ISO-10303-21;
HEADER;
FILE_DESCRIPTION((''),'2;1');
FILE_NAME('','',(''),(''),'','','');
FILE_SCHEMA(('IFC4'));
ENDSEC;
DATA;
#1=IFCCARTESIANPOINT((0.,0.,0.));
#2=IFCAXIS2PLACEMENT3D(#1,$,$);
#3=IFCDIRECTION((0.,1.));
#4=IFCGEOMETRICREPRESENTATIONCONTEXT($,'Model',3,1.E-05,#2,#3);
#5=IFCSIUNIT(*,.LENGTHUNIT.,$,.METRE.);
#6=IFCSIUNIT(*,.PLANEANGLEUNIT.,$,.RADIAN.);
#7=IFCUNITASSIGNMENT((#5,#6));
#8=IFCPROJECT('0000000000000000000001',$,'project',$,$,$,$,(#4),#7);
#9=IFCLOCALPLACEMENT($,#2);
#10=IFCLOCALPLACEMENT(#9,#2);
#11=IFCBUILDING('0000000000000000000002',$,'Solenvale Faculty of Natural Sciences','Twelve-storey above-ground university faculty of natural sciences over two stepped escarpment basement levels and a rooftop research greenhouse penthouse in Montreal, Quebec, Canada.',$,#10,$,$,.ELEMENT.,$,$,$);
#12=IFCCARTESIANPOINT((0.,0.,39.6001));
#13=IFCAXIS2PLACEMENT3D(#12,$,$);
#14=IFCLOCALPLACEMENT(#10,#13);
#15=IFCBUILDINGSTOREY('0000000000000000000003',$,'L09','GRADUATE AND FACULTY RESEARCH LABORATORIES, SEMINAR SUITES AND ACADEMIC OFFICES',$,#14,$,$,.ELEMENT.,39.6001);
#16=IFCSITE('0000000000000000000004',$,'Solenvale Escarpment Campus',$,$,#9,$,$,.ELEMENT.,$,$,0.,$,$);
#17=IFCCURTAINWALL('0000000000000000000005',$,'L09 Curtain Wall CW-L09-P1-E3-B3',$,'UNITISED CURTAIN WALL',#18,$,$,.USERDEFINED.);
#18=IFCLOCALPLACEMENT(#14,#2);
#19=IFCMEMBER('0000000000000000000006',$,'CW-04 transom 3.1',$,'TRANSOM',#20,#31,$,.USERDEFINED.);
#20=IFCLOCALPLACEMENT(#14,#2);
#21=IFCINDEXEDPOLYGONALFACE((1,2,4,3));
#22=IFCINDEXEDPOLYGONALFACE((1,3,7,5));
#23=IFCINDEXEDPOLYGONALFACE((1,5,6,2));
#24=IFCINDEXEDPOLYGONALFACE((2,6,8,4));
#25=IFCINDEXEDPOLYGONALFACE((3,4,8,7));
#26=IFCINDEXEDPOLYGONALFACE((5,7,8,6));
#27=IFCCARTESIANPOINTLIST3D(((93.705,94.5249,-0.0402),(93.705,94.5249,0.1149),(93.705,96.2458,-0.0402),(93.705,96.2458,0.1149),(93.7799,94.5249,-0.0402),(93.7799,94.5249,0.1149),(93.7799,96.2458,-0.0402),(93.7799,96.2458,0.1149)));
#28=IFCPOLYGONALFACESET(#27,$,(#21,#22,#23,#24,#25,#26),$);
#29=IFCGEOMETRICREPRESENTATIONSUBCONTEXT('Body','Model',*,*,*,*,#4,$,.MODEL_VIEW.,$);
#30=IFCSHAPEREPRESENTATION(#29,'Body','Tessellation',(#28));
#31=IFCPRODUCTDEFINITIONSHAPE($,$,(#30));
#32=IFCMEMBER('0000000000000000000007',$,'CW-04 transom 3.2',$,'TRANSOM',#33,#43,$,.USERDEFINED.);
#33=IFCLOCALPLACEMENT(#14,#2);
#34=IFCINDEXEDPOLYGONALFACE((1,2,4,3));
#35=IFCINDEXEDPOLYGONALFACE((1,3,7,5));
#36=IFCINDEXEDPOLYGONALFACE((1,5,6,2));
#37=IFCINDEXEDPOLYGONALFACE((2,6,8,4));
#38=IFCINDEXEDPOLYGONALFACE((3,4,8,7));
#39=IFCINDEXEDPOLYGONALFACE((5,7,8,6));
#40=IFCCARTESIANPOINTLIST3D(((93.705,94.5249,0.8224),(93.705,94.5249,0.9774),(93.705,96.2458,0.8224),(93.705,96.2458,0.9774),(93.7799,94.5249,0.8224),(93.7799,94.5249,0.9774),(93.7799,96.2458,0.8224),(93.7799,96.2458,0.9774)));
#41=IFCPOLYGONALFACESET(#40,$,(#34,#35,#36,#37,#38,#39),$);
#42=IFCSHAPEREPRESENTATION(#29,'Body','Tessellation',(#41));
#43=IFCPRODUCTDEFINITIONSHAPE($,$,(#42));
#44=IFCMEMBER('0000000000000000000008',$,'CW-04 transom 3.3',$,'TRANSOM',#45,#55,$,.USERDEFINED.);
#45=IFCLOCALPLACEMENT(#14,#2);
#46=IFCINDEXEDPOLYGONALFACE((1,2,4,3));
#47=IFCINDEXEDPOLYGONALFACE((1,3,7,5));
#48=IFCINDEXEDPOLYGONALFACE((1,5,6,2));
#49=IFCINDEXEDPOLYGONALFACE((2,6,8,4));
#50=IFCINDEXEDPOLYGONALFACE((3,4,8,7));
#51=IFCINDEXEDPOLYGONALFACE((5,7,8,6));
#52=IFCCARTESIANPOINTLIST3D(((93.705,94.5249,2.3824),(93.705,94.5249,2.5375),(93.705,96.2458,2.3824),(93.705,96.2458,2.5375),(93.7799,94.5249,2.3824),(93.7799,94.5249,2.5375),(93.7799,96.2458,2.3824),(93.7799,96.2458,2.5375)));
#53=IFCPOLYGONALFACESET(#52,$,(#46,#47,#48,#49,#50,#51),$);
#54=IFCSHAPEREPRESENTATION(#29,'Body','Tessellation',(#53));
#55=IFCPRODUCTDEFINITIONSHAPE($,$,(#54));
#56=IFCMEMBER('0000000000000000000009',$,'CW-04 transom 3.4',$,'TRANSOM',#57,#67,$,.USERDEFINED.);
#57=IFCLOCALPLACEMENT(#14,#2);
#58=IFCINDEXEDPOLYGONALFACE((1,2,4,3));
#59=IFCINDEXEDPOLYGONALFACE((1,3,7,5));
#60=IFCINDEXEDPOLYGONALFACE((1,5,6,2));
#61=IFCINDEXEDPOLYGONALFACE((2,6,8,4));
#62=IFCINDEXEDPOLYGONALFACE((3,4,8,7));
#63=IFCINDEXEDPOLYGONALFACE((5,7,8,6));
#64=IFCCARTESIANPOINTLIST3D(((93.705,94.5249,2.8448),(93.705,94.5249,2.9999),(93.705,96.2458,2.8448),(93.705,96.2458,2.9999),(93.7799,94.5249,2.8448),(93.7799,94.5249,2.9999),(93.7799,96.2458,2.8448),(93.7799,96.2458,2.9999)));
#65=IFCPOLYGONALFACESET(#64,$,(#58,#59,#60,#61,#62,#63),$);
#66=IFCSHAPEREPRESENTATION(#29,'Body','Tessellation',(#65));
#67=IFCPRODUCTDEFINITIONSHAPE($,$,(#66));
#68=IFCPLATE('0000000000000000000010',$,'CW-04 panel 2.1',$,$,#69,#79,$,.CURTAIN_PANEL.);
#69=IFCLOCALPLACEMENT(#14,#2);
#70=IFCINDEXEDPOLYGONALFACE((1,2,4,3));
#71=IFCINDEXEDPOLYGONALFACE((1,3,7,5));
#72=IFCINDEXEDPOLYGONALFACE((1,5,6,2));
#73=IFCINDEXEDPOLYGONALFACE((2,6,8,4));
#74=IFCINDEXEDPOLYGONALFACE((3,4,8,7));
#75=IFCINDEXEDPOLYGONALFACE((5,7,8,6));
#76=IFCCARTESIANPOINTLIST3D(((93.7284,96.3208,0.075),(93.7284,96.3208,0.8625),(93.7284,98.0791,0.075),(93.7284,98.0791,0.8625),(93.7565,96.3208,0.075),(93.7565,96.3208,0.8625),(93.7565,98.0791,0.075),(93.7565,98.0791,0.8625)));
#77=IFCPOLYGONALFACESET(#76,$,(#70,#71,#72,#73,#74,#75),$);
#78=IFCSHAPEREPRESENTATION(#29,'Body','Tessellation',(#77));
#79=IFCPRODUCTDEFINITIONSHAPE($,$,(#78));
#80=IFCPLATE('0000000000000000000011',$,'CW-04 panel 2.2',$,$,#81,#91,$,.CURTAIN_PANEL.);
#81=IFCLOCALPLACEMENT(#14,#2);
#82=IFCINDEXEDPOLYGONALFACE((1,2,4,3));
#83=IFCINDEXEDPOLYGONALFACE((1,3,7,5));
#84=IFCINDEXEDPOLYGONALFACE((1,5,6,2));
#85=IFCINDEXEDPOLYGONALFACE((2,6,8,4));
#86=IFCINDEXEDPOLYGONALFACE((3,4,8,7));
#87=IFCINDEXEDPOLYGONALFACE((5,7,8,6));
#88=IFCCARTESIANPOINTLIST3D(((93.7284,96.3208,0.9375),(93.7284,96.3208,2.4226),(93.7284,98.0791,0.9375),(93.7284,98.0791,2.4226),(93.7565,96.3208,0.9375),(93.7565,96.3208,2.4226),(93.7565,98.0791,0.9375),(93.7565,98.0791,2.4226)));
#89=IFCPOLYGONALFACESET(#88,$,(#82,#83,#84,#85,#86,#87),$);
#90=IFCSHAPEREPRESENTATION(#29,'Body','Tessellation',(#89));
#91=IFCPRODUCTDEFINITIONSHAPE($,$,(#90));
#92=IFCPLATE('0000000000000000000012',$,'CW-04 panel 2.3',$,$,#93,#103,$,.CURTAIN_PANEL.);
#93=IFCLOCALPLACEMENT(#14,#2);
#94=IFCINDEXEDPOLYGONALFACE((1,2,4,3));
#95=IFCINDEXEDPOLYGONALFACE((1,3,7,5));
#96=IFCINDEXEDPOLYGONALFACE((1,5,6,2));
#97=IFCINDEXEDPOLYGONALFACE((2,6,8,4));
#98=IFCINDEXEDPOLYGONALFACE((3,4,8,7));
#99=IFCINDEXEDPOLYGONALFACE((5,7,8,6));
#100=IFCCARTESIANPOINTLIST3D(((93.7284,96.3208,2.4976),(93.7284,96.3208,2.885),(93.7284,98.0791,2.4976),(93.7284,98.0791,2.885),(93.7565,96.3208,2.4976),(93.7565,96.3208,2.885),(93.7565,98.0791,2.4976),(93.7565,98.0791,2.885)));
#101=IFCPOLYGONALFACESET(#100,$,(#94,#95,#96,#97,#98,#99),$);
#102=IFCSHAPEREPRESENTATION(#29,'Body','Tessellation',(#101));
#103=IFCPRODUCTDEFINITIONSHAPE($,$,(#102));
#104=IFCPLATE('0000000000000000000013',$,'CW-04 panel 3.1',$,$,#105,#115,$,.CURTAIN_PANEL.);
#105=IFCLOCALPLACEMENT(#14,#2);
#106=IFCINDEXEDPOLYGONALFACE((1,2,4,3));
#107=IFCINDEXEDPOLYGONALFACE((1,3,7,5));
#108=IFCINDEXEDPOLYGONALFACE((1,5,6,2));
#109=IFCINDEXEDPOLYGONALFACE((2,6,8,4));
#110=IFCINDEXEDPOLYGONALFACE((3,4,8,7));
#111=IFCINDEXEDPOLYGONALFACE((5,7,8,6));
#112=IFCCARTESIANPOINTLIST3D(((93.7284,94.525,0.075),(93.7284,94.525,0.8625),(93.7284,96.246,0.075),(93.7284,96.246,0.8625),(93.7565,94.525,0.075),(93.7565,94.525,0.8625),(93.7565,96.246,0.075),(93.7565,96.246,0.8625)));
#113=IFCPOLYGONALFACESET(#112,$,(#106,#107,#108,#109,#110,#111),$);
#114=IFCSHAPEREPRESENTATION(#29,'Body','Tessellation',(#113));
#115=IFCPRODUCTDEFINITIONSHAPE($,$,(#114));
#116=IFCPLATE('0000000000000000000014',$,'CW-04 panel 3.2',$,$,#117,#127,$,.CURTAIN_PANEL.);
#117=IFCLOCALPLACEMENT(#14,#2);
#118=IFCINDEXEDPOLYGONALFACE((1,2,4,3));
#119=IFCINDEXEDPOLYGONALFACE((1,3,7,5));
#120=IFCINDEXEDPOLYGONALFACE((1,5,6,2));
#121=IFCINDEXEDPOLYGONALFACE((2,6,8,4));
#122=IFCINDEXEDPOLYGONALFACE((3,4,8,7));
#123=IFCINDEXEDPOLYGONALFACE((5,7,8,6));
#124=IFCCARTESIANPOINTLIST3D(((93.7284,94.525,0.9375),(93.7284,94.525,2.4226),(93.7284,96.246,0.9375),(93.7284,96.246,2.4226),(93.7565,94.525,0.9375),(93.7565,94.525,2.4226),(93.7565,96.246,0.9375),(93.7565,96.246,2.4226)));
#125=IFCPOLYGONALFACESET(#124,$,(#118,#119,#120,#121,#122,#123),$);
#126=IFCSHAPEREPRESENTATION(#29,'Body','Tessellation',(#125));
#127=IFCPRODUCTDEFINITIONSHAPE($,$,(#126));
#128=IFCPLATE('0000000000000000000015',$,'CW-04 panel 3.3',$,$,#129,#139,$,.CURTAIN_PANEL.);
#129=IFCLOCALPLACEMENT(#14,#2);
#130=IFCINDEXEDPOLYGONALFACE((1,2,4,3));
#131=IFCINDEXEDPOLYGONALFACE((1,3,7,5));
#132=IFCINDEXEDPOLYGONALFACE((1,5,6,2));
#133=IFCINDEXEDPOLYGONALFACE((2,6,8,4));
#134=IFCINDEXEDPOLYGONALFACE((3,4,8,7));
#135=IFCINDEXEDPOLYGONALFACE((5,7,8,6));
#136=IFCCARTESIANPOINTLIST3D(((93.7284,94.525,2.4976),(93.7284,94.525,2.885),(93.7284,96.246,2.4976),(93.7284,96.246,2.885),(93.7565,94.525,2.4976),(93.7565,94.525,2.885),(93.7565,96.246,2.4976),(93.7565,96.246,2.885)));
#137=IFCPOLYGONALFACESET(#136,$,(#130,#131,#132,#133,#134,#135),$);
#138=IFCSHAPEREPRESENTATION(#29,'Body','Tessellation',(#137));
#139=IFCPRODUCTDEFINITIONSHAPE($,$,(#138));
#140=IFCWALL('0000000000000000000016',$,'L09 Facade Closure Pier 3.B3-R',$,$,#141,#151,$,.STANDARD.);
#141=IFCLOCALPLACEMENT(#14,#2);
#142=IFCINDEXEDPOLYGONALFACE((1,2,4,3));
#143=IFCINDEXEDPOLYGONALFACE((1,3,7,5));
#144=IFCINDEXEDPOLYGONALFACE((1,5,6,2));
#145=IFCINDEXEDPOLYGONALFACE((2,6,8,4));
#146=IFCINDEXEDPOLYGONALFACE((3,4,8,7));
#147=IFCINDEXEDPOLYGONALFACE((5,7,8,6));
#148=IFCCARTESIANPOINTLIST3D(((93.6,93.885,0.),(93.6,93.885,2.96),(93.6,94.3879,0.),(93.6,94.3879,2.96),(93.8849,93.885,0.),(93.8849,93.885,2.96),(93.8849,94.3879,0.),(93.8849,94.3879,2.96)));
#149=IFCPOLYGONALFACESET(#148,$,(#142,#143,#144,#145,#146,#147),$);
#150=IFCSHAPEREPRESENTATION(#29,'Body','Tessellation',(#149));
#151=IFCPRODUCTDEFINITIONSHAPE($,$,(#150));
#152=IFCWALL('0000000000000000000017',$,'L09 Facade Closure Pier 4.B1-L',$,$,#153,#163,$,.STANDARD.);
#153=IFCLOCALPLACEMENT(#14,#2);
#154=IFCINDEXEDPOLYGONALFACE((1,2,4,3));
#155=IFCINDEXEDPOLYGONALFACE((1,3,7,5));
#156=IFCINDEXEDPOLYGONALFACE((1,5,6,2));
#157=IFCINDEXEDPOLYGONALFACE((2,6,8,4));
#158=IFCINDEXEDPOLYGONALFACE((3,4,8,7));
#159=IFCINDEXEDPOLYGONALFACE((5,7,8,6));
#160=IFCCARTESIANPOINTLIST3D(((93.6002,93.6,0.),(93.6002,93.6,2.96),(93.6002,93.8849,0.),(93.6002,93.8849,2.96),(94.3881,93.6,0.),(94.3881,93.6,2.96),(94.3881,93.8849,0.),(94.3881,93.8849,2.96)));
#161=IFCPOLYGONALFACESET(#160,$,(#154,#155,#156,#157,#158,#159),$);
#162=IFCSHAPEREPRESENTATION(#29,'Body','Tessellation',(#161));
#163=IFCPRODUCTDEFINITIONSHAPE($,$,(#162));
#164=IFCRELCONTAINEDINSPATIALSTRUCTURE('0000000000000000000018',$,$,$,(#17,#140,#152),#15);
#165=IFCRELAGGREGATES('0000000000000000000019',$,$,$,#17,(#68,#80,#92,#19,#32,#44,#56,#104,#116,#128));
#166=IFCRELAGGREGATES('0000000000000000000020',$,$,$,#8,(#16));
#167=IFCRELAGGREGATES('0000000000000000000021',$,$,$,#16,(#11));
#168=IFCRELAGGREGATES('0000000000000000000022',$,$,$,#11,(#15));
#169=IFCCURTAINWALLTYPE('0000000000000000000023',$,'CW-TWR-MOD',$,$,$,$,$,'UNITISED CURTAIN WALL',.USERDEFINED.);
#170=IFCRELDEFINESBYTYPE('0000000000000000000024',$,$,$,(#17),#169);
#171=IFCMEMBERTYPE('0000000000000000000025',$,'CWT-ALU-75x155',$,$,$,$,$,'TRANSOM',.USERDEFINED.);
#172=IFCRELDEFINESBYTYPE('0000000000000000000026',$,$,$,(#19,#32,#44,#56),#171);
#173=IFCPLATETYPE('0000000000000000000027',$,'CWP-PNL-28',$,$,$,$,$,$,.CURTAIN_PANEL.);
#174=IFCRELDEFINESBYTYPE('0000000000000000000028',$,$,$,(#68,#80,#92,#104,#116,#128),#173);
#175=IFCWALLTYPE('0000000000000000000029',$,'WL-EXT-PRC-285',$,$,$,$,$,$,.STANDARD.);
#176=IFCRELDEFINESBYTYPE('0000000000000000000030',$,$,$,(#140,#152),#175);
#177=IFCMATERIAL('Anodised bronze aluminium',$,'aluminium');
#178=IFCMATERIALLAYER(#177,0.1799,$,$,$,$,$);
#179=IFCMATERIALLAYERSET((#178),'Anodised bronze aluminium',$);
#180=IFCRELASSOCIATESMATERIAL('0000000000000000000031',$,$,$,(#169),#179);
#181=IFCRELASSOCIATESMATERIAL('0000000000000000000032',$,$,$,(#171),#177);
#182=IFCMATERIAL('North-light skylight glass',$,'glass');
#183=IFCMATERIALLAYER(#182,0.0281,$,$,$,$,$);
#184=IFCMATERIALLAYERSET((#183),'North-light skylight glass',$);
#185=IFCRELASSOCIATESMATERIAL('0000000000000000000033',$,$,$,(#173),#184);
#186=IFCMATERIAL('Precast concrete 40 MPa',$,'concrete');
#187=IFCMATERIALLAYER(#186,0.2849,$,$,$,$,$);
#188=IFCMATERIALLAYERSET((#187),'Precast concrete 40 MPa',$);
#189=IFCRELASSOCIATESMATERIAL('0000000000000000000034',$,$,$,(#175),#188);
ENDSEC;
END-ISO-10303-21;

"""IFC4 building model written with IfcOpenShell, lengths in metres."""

from ifc_helpers import new_model, si_unit, direction, frame, frame_2d, origin, origin_2d, place, context, subcontext, project, spatial, rectangle, extrude, material, layer, layer_set, material_profile, profile_set, type_object, element, aggregate, save


model = new_model("IFC4")

# Units and contexts
model_context = context("Model", 3, precision=1e-05, world=origin(), true_north=direction((0.0, 1.0)))
body_context = subcontext(model_context, "Body", "Model", "MODEL_VIEW")
ifc_project = project(units=[si_unit("LENGTHUNIT", "METRE"), si_unit("PLANEANGLEUNIT", "RADIAN")], contexts=[model_context])

# Site, building, storey
site_placement = place(None, origin())
site = spatial("IfcSite", under=ifc_project, at=site_placement, Name="Solenvale Escarpment Campus", CompositionType="ELEMENT", RefElevation=0.0)
building_placement = place(site_placement, origin())
building = spatial("IfcBuilding", under=site, at=building_placement, Name="Solenvale Faculty of Natural Sciences", Description="Twelve-storey above-ground university faculty of natural sciences over two stepped escarpment basement levels and a rooftop research greenhouse penthouse in Montreal, Quebec, Canada.", CompositionType="ELEMENT")
storey_placement = place(building_placement, frame((0.0, 0.0, 39.6001)))
storey = spatial("IfcBuildingStorey", under=building, at=storey_placement, Name="L09", Description="GRADUATE AND FACULTY RESEARCH LABORATORIES, SEMINAR SUITES AND ACADEMIC OFFICES", CompositionType="ELEMENT", Elevation=39.6001)

# Curtain wall, members, plates
ifc_material_1 = material(Name="Anodised bronze aluminium", Category="aluminium")
ifc_layer_1 = layer(ifc_material_1, 0.1799)
ifc_layer_set_1 = layer_set([ifc_layer_1], Name="Anodised bronze aluminium")
curtain_wall_type = type_object("IfcCurtainWallType", Name="CW-TWR-MOD", ElementType="UNITISED CURTAIN WALL", PredefinedType="USERDEFINED", material=ifc_layer_set_1)
curtain_wall_placement = place(storey_placement, origin())
curtain_wall = element("IfcCurtainWall", 1, at=curtain_wall_placement, inside=storey, type_object=curtain_wall_type, Name="L09 Curtain Wall CW-L09-P1-E3-B3", ObjectType="UNITISED CURTAIN WALL", PredefinedType="USERDEFINED")
ifc_material_profile_1 = material_profile(ifc_material_1, rectangle(XDim=0.075, YDim=0.155, at=origin_2d()), Name="ALU-TRN-75x155")
ifc_profile_set_1 = profile_set([ifc_material_profile_1], Name="Anodised bronze aluminium")
member_type_1 = type_object("IfcMemberType", Name="CWT-ALU-75x155", ElementType="TRANSOM", PredefinedType="USERDEFINED", material=ifc_profile_set_1)
member_1_placement = place(storey_placement, frame((93.7424, 96.2458, 0.0374), z_axis=(0.0, -1.0, 0.0), x_axis=(1.0, 0.0, 0.0)))
member_1 = element("IfcMember", 2, at=member_1_placement, type_object=member_type_1, Name="CW-04 transom 3.1", ObjectType="TRANSOM", PredefinedType="USERDEFINED", context=body_context, shape_type="SweptSolid", body=[
    extrude(rectangle(XDim=0.075, YDim=0.155, at=origin_2d()), origin(), (0.0, 0.0, 1.0), 1.7209),
])
member_2_placement = place(storey_placement, frame((93.7424, 96.2458, 0.8999), z_axis=(0.0, -1.0, 0.0), x_axis=(1.0, 0.0, 0.0)))
member_2 = element("IfcMember", 3, at=member_2_placement, type_object=member_type_1, Name="CW-04 transom 3.2", ObjectType="TRANSOM", PredefinedType="USERDEFINED", context=body_context, shape_type="SweptSolid", body=[
    extrude(rectangle(XDim=0.075, YDim=0.155, at=origin_2d()), origin(), (0.0, 0.0, 1.0), 1.7209),
])
member_3_placement = place(storey_placement, frame((93.7424, 96.2458, 2.46), z_axis=(0.0, -1.0, 0.0), x_axis=(1.0, 0.0, 0.0)))
member_3 = element("IfcMember", 4, at=member_3_placement, type_object=member_type_1, Name="CW-04 transom 3.3", ObjectType="TRANSOM", PredefinedType="USERDEFINED", context=body_context, shape_type="SweptSolid", body=[
    extrude(rectangle(XDim=0.075, YDim=0.155, at=origin_2d()), origin(), (0.0, 0.0, 1.0), 1.7209),
])
member_4_placement = place(storey_placement, frame((93.7424, 96.2458, 2.9224), z_axis=(0.0, -1.0, 0.0), x_axis=(1.0, 0.0, 0.0)))
member_4 = element("IfcMember", 5, at=member_4_placement, type_object=member_type_1, Name="CW-04 transom 3.4", ObjectType="TRANSOM", PredefinedType="USERDEFINED", context=body_context, shape_type="SweptSolid", body=[
    extrude(rectangle(XDim=0.075, YDim=0.155, at=origin_2d()), origin(), (0.0, 0.0, 1.0), 1.7209),
])
ifc_material_2 = material(Name="North-light skylight glass", Category="glass")
ifc_layer_2 = layer(ifc_material_2, 0.0281)
ifc_layer_set_2 = layer_set([ifc_layer_2], Name="North-light skylight glass")
plate_type = type_object("IfcPlateType", Name="CWP-PNL-28", PredefinedType="CURTAIN_PANEL", material=ifc_layer_set_2)
plate_1_placement = place(storey_placement, frame((93.7424, 97.2, 0.075), z_axis=(0.0, 0.0, 1.0), x_axis=(0.0, -1.0, 0.0)))
plate_1 = element("IfcPlate", 6, at=plate_1_placement, type_object=plate_type, Name="CW-04 panel 2.1", PredefinedType="CURTAIN_PANEL", context=body_context, shape_type="SweptSolid", body=[
    extrude(rectangle(XDim=1.7583, YDim=0.0281, at=origin_2d()), origin(), (0.0, 0.0, 1.0), 0.7876),
])
plate_2_placement = place(storey_placement, frame((93.7424, 97.2, 0.9375), z_axis=(0.0, 0.0, 1.0), x_axis=(0.0, -1.0, 0.0)))
plate_2 = element("IfcPlate", 7, at=plate_2_placement, type_object=plate_type, Name="CW-04 panel 2.2", PredefinedType="CURTAIN_PANEL", context=body_context, shape_type="SweptSolid", body=[
    extrude(rectangle(XDim=1.7583, YDim=0.0281, at=origin_2d()), origin(), (0.0, 0.0, 1.0), 1.4851),
])
plate_3_placement = place(storey_placement, frame((93.7424, 97.2, 2.4976), z_axis=(0.0, 0.0, 1.0), x_axis=(0.0, -1.0, 0.0)))
plate_3 = element("IfcPlate", 8, at=plate_3_placement, type_object=plate_type, Name="CW-04 panel 2.3", PredefinedType="CURTAIN_PANEL", context=body_context, shape_type="SweptSolid", body=[
    extrude(rectangle(XDim=1.7583, YDim=0.0281, at=origin_2d()), origin(), (0.0, 0.0, 1.0), 0.3875),
])
plate_4_placement = place(storey_placement, frame((93.7424, 95.3855, 0.075), z_axis=(0.0, 0.0, 1.0), x_axis=(0.0, -1.0, 0.0)))
plate_4 = element("IfcPlate", 9, at=plate_4_placement, type_object=plate_type, Name="CW-04 panel 3.1", PredefinedType="CURTAIN_PANEL", context=body_context, shape_type="SweptSolid", body=[
    extrude(rectangle(XDim=1.7209, YDim=0.0281, at=origin_2d()), origin(), (0.0, 0.0, 1.0), 0.7876),
])
plate_5_placement = place(storey_placement, frame((93.7424, 95.3855, 0.9375), z_axis=(0.0, 0.0, 1.0), x_axis=(0.0, -1.0, 0.0)))
plate_5 = element("IfcPlate", 10, at=plate_5_placement, type_object=plate_type, Name="CW-04 panel 3.2", PredefinedType="CURTAIN_PANEL", context=body_context, shape_type="SweptSolid", body=[
    extrude(rectangle(XDim=1.7209, YDim=0.0281, at=origin_2d()), origin(), (0.0, 0.0, 1.0), 1.4851),
])
plate_6_placement = place(storey_placement, frame((93.7424, 95.3855, 2.4976), z_axis=(0.0, 0.0, 1.0), x_axis=(0.0, -1.0, 0.0)))
plate_6 = element("IfcPlate", 11, at=plate_6_placement, type_object=plate_type, Name="CW-04 panel 3.3", PredefinedType="CURTAIN_PANEL", context=body_context, shape_type="SweptSolid", body=[
    extrude(rectangle(XDim=1.7209, YDim=0.0281, at=origin_2d()), origin(), (0.0, 0.0, 1.0), 0.3875),
])
aggregate(curtain_wall, [plate_1, plate_2, plate_3, member_1, member_2, member_3, member_4, plate_4, plate_5, plate_6])

# Walls
ifc_material_3 = material(Name="Precast concrete 40 MPa", Category="concrete")
ifc_layer_3 = layer(ifc_material_3, 0.2849)
ifc_layer_set_3 = layer_set([ifc_layer_3], Name="Precast concrete 40 MPa")
wall_type = type_object("IfcWallType", Name="WL-EXT-PRC-285", PredefinedType="STANDARD", material=ifc_layer_set_3)
wall_1_placement = place(storey_placement, frame((93.7424, 94.3879, 0.0), z_axis=(0.0, 0.0, 1.0), x_axis=(0.0, -1.0, 0.0)))
element("IfcWall", 12, at=wall_1_placement, inside=storey, type_object=wall_type, Name="L09 Facade Closure Pier 3.B3-R", PredefinedType="STANDARD", context=body_context, shape_type="SweptSolid", body=[
    extrude(rectangle(XDim=0.5029, YDim=0.2849, at=frame_2d((0.2515, 0.0))), origin(), (0.0, 0.0, 1.0), 2.96),
])
wall_2_placement = place(storey_placement, frame((93.6001, 93.7424, 0.0), z_axis=(0.0, 0.0, 1.0), x_axis=(1.0, 0.0, 0.0)))
element("IfcWall", 13, at=wall_2_placement, inside=storey, type_object=wall_type, Name="L09 Facade Closure Pier 4.B1-L", PredefinedType="STANDARD", context=body_context, shape_type="SweptSolid", body=[
    extrude(rectangle(XDim=0.7878, YDim=0.2849, at=frame_2d((0.394, 0.0))), origin(), (0.0, 0.0, 1.0), 2.96),
])

save(model, "model.ifc")
